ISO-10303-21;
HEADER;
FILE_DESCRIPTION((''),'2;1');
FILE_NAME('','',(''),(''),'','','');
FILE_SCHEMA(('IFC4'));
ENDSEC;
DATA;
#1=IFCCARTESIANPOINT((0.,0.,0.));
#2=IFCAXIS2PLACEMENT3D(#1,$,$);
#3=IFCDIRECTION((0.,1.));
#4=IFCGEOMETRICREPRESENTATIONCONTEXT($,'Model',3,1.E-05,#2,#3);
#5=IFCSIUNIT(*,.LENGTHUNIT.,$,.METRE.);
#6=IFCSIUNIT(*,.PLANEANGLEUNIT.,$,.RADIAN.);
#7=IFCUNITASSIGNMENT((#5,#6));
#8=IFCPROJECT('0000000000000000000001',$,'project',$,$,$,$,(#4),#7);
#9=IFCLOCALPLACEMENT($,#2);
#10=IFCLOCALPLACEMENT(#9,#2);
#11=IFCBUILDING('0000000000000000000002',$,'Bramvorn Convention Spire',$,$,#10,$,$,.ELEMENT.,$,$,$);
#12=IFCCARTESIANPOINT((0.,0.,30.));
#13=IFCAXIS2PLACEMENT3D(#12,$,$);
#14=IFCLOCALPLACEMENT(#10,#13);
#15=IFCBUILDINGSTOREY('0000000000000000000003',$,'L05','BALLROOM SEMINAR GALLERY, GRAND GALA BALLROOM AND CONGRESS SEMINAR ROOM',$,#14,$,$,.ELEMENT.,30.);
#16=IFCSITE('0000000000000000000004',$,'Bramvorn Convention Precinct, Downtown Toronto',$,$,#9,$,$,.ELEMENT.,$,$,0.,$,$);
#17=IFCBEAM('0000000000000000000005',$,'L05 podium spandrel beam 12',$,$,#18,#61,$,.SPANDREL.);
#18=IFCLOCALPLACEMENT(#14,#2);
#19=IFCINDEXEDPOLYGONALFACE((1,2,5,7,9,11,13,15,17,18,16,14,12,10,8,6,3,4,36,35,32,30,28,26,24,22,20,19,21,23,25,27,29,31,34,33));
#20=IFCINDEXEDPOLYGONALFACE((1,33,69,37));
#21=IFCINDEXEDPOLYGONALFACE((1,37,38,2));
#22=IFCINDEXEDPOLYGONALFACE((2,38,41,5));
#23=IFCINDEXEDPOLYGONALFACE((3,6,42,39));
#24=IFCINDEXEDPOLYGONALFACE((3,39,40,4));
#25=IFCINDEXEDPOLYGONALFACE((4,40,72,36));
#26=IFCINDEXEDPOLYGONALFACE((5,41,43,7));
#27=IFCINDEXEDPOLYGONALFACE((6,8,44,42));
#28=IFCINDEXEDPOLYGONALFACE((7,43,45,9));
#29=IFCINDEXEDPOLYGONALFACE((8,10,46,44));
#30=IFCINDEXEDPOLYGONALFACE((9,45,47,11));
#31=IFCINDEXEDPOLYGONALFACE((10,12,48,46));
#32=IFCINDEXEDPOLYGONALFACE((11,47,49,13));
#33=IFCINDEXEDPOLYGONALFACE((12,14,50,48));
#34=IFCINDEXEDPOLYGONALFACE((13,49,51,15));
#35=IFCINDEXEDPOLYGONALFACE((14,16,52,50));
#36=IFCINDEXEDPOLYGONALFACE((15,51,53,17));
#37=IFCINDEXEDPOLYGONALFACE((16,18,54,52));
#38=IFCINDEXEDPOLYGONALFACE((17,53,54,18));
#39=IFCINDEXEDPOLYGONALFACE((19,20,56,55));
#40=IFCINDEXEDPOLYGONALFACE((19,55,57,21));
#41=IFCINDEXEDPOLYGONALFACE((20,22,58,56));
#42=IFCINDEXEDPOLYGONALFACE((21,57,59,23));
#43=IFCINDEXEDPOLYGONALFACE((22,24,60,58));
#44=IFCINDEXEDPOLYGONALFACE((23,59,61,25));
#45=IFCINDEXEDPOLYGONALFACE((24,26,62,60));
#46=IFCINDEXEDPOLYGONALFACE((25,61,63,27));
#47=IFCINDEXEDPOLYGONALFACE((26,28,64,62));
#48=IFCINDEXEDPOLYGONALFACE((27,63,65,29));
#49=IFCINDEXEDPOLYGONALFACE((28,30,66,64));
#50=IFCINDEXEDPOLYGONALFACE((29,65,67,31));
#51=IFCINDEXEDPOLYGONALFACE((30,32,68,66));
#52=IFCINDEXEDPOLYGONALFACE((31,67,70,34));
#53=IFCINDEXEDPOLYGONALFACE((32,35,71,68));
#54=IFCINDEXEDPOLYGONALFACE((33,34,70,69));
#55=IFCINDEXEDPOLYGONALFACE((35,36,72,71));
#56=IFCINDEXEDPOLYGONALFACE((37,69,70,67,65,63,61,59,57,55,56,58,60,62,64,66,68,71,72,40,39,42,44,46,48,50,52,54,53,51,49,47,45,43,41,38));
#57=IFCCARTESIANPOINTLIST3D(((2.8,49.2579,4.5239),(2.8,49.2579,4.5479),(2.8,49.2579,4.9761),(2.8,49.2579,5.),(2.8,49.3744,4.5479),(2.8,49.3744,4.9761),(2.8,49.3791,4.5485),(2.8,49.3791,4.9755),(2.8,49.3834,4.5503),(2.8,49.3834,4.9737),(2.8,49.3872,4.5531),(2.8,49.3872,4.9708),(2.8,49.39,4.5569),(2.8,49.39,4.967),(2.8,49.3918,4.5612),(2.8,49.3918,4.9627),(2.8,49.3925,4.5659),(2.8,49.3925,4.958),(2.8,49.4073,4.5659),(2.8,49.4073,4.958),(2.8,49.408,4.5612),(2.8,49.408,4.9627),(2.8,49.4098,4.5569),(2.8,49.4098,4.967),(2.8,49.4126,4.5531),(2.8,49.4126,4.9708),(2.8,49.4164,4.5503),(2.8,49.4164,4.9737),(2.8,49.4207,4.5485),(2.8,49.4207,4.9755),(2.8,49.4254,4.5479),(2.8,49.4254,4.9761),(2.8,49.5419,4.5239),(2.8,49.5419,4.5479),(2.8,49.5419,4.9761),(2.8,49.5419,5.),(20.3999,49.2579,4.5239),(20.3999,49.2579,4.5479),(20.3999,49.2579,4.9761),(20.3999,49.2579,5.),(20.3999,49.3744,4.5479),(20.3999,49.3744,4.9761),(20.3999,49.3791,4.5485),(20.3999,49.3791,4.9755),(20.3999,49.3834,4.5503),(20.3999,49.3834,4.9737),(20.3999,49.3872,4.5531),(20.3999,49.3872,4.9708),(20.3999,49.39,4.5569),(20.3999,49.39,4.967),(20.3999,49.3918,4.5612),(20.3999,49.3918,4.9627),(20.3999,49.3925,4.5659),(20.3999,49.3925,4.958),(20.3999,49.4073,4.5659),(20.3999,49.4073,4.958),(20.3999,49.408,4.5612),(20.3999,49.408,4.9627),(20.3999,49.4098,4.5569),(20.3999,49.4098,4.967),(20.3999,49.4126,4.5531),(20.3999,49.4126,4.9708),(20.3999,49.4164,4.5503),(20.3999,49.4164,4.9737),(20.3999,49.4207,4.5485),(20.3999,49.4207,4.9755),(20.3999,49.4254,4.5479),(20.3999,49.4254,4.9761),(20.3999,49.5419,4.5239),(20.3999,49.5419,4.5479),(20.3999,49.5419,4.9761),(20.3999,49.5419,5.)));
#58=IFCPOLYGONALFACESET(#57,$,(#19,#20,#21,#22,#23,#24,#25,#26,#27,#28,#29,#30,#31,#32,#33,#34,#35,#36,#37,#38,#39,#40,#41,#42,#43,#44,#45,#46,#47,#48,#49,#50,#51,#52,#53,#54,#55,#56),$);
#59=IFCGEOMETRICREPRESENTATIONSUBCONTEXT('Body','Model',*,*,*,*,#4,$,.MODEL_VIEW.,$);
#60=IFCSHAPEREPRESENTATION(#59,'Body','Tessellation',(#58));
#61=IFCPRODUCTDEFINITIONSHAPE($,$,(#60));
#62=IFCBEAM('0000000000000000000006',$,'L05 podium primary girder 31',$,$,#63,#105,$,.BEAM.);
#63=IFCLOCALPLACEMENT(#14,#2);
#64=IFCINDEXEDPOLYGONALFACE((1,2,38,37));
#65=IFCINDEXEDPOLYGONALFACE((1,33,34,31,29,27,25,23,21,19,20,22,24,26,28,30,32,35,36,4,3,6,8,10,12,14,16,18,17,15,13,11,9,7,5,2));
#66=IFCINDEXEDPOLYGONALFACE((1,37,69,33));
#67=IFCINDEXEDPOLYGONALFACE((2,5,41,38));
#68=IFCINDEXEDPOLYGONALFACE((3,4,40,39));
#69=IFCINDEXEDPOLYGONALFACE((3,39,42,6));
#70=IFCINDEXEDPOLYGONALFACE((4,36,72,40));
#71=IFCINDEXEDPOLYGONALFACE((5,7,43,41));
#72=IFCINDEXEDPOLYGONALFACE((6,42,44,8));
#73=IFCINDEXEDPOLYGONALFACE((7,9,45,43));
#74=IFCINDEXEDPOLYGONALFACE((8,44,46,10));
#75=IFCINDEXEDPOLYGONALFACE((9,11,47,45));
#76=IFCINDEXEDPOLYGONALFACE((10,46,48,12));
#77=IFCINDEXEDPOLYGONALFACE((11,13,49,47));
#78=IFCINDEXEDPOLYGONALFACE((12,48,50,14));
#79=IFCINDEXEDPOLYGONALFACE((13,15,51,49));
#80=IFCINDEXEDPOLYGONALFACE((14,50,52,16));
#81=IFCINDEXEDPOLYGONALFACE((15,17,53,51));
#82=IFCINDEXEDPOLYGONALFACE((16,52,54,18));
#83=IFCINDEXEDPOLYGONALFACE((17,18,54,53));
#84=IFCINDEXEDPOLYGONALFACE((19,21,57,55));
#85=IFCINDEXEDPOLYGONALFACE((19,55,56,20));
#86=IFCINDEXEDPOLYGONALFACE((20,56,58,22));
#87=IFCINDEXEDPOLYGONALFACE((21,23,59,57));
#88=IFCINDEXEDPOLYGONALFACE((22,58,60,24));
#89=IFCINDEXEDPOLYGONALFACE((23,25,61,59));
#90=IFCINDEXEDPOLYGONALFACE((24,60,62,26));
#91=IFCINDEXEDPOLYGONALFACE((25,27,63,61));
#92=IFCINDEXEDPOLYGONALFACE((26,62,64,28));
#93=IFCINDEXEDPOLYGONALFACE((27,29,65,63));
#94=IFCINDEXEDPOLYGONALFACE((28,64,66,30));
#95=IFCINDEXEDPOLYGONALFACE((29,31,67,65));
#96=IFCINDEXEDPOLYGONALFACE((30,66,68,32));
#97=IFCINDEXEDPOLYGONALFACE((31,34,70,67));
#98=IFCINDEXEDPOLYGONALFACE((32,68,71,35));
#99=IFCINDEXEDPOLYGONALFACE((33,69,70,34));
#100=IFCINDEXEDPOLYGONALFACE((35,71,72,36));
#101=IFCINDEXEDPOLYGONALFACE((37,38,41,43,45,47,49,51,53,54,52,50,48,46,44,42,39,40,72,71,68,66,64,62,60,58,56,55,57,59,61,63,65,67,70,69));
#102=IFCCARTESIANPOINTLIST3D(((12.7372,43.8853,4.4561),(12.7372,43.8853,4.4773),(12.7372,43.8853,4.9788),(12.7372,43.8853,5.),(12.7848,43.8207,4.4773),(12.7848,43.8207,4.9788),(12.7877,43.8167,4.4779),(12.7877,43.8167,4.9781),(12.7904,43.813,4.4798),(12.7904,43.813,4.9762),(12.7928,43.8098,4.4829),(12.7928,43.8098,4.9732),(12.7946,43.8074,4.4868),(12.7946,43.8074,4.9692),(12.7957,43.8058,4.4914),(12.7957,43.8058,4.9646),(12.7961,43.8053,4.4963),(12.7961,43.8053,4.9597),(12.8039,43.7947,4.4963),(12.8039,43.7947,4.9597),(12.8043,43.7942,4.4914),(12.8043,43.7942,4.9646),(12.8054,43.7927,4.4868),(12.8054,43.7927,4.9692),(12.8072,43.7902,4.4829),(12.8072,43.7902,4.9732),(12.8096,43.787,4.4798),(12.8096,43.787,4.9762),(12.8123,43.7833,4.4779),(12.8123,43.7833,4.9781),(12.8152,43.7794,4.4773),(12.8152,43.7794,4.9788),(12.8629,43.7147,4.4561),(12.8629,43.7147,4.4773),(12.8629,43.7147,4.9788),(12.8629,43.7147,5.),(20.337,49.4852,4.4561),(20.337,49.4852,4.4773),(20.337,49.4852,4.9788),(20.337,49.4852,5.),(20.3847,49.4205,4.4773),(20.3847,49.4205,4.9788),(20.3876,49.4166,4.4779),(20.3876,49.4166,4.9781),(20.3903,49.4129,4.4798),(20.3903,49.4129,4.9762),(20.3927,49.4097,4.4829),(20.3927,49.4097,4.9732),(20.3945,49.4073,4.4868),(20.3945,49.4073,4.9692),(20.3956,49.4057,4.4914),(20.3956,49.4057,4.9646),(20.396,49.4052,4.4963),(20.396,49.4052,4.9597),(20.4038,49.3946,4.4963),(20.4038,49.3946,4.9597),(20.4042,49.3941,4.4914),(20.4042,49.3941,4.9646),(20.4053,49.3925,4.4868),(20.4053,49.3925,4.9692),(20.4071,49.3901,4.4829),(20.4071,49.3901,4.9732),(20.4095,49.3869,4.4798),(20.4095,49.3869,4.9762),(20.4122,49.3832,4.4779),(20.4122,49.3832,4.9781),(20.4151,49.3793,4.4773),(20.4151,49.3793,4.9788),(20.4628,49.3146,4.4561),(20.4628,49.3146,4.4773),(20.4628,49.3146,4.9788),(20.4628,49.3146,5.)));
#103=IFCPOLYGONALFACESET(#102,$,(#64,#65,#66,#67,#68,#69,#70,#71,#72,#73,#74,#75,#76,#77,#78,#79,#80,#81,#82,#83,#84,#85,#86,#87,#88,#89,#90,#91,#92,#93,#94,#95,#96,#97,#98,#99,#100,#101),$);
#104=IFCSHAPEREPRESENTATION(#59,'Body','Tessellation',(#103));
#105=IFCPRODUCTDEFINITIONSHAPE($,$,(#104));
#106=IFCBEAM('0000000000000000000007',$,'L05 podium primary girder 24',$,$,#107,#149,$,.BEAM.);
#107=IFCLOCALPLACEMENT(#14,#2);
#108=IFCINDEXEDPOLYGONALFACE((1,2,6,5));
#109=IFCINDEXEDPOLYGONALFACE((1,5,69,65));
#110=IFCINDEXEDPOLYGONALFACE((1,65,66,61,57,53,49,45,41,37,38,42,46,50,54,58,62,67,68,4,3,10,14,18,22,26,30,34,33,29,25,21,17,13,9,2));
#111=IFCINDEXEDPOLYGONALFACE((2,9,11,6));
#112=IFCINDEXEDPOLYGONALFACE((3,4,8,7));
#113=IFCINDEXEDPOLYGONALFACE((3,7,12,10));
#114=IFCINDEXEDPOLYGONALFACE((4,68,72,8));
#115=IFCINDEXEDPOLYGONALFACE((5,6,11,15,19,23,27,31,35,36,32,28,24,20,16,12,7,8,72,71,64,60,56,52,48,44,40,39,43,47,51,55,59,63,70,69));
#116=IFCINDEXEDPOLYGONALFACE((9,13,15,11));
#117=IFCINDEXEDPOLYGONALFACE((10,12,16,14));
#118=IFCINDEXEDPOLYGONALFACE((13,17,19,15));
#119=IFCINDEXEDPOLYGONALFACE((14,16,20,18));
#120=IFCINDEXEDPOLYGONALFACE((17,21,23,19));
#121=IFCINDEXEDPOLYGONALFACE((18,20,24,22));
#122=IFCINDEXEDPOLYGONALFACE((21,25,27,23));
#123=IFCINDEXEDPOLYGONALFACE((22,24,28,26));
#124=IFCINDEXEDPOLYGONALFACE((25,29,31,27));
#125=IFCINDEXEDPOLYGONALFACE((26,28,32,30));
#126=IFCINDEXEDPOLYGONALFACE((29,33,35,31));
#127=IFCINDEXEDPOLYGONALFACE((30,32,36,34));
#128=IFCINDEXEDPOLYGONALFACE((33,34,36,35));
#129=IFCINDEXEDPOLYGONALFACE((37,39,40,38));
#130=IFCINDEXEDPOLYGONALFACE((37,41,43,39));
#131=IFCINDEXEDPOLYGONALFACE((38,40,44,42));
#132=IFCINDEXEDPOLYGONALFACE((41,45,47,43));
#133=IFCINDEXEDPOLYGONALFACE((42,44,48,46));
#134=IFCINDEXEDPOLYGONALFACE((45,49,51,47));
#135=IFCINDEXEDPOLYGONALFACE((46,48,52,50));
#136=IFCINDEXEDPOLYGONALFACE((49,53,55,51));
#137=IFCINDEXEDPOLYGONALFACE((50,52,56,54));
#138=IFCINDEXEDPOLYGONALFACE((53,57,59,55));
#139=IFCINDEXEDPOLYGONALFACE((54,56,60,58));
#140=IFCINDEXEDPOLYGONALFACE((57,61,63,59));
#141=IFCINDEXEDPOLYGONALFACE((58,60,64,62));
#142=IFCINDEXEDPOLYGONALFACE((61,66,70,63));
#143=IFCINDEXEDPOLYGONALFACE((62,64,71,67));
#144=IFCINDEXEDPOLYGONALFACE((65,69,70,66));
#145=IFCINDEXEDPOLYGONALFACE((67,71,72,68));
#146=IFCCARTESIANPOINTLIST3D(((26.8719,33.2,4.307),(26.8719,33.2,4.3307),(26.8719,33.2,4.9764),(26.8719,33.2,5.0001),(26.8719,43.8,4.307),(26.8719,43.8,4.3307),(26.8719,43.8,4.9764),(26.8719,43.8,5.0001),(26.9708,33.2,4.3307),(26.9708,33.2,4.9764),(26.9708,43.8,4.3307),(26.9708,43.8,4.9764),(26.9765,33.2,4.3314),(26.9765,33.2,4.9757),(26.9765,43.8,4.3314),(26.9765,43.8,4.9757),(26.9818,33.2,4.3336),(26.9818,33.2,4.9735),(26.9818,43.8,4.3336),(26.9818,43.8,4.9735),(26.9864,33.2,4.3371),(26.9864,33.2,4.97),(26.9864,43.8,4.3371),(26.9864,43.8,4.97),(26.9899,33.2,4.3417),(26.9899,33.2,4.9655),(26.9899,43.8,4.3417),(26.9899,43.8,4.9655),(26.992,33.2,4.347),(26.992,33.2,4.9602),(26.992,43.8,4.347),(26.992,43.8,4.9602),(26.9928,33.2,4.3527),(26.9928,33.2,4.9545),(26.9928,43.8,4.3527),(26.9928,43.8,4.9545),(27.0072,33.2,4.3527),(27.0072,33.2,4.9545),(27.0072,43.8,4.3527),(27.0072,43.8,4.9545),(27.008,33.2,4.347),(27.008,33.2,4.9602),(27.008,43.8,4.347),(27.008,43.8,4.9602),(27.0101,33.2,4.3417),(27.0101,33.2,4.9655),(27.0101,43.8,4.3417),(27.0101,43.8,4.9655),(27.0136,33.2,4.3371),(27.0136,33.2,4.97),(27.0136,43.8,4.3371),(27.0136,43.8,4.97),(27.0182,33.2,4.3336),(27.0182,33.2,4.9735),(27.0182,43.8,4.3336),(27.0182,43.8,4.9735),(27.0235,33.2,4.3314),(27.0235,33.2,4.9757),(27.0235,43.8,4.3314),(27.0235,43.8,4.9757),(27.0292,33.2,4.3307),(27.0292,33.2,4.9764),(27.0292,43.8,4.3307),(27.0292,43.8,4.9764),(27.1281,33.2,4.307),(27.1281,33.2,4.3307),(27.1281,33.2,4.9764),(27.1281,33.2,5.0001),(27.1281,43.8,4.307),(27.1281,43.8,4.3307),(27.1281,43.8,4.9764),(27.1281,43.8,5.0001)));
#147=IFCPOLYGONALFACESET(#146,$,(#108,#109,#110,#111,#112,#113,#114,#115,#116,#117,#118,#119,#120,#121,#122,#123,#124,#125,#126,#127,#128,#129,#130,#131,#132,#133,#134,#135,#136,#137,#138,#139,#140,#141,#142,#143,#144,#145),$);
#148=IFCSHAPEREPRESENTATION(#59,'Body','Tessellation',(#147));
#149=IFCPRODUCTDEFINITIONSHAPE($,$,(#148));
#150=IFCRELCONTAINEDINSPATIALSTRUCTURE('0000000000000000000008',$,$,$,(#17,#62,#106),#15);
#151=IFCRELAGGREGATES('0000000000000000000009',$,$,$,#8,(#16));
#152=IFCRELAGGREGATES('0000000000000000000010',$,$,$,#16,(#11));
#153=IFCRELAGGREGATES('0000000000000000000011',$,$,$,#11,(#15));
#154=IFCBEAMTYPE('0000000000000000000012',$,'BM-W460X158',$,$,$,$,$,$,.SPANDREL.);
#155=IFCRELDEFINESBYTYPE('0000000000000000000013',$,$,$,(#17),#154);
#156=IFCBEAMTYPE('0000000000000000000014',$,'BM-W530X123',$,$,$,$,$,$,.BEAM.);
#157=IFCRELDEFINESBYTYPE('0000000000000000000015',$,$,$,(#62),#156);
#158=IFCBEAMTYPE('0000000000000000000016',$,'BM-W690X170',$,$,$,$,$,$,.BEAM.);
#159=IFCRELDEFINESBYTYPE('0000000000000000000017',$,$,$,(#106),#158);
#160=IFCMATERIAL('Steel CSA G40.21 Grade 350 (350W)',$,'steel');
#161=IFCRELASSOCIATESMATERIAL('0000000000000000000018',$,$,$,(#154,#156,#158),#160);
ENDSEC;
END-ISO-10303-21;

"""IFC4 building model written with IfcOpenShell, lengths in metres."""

from ifc_helpers import new_model, si_unit, direction, frame, origin, origin_2d, place, context, subcontext, project, spatial, i_section, extrude, material, material_profile, profile_set, type_object, element, save


model = new_model("IFC4")

# Units and contexts
model_context = context("Model", 3, precision=1e-05, world=origin(), true_north=direction((0.0, 1.0)))
body_context = subcontext(model_context, "Body", "Model", "MODEL_VIEW")
ifc_project = project(units=[si_unit("LENGTHUNIT", "METRE"), si_unit("PLANEANGLEUNIT", "RADIAN")], contexts=[model_context])

# Site, building, storey
site_placement = place(None, origin())
site = spatial("IfcSite", under=ifc_project, at=site_placement, Name="Bramvorn Convention Precinct, Downtown Toronto", CompositionType="ELEMENT", RefElevation=0.0)
building_placement = place(site_placement, origin())
building = spatial("IfcBuilding", under=site, at=building_placement, Name="Bramvorn Convention Spire", CompositionType="ELEMENT")
storey_placement = place(building_placement, frame((0.0, 0.0, 30.0)))
storey = spatial("IfcBuildingStorey", under=building, at=storey_placement, Name="L05", Description="BALLROOM SEMINAR GALLERY, GRAND GALA BALLROOM AND CONGRESS SEMINAR ROOM", CompositionType="ELEMENT", Elevation=30.0)

# Shared definitions
ifc_material_1 = material(Name="Steel CSA G40.21 Grade 350 (350W)", Category="steel")

# Beams
ifc_material_profile_1 = material_profile(ifc_material_1, i_section(OverallWidth=0.2839, OverallDepth=0.4761, WebThickness=0.0149, FlangeThickness=0.0239, FilletRadius=0.0181, at=origin_2d()))
ifc_profile_set_1 = profile_set([ifc_material_profile_1], Name="Steel CSA G40.21 Grade 350 (350W) - W460X158")
beam_type_1 = type_object("IfcBeamType", Name="BM-W460X158", PredefinedType="SPANDREL", material=ifc_profile_set_1)
beam_1_placement = place(storey_placement, frame((20.3999, 49.3999, 4.762), z_axis=(-1.0, 0.0, 0.0), x_axis=(0.0, -1.0, 0.0)))
element("IfcBeam", 1, at=beam_1_placement, inside=storey, type_object=beam_type_1, Name="L05 podium spandrel beam 12", PredefinedType="SPANDREL", context=body_context, shape_type="SweptSolid", body=[
    extrude(i_section(OverallWidth=0.2839, OverallDepth=0.4761, WebThickness=0.0149, FlangeThickness=0.0239, FilletRadius=0.0181, at=origin_2d()), origin(), (0.0, 0.0, 1.0), 17.5999),
])
ifc_material_profile_2 = material_profile(ifc_material_1, i_section(OverallWidth=0.2119, OverallDepth=0.5439, WebThickness=0.0132, FlangeThickness=0.0212, FilletRadius=0.019, at=origin_2d()))
ifc_profile_set_2 = profile_set([ifc_material_profile_2], Name="Steel CSA G40.21 Grade 350 (350W) - W530X123")
beam_type_2 = type_object("IfcBeamType", Name="BM-W530X123", PredefinedType="BEAM", material=ifc_profile_set_2)
beam_2_placement = place(storey_placement, frame((20.3999, 49.3999, 4.728), z_axis=(-0.805058, -0.593196, 0.0), x_axis=(0.593196, -0.805058, 0.0)))
element("IfcBeam", 2, at=beam_2_placement, inside=storey, type_object=beam_type_2, Name="L05 podium primary girder 31", PredefinedType="BEAM", context=body_context, shape_type="SweptSolid", body=[
    extrude(i_section(OverallWidth=0.2119, OverallDepth=0.5439, WebThickness=0.0132, FlangeThickness=0.0212, FilletRadius=0.019, at=origin_2d()), origin(), (0.0, 0.0, 1.0), 9.4402),
])
ifc_material_profile_3 = material_profile(ifc_material_1, i_section(OverallWidth=0.2561, OverallDepth=0.6931, WebThickness=0.0144, FlangeThickness=0.0237, FilletRadius=0.022, at=origin_2d()))
ifc_profile_set_3 = profile_set([ifc_material_profile_3], Name="Steel CSA G40.21 Grade 350 (350W) - W690X170")
beam_type_3 = type_object("IfcBeamType", Name="BM-W690X170", PredefinedType="BEAM", material=ifc_profile_set_3)
beam_3_placement = place(storey_placement, frame((27.0, 33.2, 4.6536), z_axis=(0.0, 1.0, 0.0), x_axis=(-1.0, 0.0, 0.0)))
element("IfcBeam", 3, at=beam_3_placement, inside=storey, type_object=beam_type_3, Name="L05 podium primary girder 24", PredefinedType="BEAM", context=body_context, shape_type="SweptSolid", body=[
    extrude(i_section(OverallWidth=0.2561, OverallDepth=0.6931, WebThickness=0.0144, FlangeThickness=0.0237, FilletRadius=0.022, at=origin_2d()), origin(), (0.0, 0.0, 1.0), 10.6001),
])

save(model, "model.ifc")
